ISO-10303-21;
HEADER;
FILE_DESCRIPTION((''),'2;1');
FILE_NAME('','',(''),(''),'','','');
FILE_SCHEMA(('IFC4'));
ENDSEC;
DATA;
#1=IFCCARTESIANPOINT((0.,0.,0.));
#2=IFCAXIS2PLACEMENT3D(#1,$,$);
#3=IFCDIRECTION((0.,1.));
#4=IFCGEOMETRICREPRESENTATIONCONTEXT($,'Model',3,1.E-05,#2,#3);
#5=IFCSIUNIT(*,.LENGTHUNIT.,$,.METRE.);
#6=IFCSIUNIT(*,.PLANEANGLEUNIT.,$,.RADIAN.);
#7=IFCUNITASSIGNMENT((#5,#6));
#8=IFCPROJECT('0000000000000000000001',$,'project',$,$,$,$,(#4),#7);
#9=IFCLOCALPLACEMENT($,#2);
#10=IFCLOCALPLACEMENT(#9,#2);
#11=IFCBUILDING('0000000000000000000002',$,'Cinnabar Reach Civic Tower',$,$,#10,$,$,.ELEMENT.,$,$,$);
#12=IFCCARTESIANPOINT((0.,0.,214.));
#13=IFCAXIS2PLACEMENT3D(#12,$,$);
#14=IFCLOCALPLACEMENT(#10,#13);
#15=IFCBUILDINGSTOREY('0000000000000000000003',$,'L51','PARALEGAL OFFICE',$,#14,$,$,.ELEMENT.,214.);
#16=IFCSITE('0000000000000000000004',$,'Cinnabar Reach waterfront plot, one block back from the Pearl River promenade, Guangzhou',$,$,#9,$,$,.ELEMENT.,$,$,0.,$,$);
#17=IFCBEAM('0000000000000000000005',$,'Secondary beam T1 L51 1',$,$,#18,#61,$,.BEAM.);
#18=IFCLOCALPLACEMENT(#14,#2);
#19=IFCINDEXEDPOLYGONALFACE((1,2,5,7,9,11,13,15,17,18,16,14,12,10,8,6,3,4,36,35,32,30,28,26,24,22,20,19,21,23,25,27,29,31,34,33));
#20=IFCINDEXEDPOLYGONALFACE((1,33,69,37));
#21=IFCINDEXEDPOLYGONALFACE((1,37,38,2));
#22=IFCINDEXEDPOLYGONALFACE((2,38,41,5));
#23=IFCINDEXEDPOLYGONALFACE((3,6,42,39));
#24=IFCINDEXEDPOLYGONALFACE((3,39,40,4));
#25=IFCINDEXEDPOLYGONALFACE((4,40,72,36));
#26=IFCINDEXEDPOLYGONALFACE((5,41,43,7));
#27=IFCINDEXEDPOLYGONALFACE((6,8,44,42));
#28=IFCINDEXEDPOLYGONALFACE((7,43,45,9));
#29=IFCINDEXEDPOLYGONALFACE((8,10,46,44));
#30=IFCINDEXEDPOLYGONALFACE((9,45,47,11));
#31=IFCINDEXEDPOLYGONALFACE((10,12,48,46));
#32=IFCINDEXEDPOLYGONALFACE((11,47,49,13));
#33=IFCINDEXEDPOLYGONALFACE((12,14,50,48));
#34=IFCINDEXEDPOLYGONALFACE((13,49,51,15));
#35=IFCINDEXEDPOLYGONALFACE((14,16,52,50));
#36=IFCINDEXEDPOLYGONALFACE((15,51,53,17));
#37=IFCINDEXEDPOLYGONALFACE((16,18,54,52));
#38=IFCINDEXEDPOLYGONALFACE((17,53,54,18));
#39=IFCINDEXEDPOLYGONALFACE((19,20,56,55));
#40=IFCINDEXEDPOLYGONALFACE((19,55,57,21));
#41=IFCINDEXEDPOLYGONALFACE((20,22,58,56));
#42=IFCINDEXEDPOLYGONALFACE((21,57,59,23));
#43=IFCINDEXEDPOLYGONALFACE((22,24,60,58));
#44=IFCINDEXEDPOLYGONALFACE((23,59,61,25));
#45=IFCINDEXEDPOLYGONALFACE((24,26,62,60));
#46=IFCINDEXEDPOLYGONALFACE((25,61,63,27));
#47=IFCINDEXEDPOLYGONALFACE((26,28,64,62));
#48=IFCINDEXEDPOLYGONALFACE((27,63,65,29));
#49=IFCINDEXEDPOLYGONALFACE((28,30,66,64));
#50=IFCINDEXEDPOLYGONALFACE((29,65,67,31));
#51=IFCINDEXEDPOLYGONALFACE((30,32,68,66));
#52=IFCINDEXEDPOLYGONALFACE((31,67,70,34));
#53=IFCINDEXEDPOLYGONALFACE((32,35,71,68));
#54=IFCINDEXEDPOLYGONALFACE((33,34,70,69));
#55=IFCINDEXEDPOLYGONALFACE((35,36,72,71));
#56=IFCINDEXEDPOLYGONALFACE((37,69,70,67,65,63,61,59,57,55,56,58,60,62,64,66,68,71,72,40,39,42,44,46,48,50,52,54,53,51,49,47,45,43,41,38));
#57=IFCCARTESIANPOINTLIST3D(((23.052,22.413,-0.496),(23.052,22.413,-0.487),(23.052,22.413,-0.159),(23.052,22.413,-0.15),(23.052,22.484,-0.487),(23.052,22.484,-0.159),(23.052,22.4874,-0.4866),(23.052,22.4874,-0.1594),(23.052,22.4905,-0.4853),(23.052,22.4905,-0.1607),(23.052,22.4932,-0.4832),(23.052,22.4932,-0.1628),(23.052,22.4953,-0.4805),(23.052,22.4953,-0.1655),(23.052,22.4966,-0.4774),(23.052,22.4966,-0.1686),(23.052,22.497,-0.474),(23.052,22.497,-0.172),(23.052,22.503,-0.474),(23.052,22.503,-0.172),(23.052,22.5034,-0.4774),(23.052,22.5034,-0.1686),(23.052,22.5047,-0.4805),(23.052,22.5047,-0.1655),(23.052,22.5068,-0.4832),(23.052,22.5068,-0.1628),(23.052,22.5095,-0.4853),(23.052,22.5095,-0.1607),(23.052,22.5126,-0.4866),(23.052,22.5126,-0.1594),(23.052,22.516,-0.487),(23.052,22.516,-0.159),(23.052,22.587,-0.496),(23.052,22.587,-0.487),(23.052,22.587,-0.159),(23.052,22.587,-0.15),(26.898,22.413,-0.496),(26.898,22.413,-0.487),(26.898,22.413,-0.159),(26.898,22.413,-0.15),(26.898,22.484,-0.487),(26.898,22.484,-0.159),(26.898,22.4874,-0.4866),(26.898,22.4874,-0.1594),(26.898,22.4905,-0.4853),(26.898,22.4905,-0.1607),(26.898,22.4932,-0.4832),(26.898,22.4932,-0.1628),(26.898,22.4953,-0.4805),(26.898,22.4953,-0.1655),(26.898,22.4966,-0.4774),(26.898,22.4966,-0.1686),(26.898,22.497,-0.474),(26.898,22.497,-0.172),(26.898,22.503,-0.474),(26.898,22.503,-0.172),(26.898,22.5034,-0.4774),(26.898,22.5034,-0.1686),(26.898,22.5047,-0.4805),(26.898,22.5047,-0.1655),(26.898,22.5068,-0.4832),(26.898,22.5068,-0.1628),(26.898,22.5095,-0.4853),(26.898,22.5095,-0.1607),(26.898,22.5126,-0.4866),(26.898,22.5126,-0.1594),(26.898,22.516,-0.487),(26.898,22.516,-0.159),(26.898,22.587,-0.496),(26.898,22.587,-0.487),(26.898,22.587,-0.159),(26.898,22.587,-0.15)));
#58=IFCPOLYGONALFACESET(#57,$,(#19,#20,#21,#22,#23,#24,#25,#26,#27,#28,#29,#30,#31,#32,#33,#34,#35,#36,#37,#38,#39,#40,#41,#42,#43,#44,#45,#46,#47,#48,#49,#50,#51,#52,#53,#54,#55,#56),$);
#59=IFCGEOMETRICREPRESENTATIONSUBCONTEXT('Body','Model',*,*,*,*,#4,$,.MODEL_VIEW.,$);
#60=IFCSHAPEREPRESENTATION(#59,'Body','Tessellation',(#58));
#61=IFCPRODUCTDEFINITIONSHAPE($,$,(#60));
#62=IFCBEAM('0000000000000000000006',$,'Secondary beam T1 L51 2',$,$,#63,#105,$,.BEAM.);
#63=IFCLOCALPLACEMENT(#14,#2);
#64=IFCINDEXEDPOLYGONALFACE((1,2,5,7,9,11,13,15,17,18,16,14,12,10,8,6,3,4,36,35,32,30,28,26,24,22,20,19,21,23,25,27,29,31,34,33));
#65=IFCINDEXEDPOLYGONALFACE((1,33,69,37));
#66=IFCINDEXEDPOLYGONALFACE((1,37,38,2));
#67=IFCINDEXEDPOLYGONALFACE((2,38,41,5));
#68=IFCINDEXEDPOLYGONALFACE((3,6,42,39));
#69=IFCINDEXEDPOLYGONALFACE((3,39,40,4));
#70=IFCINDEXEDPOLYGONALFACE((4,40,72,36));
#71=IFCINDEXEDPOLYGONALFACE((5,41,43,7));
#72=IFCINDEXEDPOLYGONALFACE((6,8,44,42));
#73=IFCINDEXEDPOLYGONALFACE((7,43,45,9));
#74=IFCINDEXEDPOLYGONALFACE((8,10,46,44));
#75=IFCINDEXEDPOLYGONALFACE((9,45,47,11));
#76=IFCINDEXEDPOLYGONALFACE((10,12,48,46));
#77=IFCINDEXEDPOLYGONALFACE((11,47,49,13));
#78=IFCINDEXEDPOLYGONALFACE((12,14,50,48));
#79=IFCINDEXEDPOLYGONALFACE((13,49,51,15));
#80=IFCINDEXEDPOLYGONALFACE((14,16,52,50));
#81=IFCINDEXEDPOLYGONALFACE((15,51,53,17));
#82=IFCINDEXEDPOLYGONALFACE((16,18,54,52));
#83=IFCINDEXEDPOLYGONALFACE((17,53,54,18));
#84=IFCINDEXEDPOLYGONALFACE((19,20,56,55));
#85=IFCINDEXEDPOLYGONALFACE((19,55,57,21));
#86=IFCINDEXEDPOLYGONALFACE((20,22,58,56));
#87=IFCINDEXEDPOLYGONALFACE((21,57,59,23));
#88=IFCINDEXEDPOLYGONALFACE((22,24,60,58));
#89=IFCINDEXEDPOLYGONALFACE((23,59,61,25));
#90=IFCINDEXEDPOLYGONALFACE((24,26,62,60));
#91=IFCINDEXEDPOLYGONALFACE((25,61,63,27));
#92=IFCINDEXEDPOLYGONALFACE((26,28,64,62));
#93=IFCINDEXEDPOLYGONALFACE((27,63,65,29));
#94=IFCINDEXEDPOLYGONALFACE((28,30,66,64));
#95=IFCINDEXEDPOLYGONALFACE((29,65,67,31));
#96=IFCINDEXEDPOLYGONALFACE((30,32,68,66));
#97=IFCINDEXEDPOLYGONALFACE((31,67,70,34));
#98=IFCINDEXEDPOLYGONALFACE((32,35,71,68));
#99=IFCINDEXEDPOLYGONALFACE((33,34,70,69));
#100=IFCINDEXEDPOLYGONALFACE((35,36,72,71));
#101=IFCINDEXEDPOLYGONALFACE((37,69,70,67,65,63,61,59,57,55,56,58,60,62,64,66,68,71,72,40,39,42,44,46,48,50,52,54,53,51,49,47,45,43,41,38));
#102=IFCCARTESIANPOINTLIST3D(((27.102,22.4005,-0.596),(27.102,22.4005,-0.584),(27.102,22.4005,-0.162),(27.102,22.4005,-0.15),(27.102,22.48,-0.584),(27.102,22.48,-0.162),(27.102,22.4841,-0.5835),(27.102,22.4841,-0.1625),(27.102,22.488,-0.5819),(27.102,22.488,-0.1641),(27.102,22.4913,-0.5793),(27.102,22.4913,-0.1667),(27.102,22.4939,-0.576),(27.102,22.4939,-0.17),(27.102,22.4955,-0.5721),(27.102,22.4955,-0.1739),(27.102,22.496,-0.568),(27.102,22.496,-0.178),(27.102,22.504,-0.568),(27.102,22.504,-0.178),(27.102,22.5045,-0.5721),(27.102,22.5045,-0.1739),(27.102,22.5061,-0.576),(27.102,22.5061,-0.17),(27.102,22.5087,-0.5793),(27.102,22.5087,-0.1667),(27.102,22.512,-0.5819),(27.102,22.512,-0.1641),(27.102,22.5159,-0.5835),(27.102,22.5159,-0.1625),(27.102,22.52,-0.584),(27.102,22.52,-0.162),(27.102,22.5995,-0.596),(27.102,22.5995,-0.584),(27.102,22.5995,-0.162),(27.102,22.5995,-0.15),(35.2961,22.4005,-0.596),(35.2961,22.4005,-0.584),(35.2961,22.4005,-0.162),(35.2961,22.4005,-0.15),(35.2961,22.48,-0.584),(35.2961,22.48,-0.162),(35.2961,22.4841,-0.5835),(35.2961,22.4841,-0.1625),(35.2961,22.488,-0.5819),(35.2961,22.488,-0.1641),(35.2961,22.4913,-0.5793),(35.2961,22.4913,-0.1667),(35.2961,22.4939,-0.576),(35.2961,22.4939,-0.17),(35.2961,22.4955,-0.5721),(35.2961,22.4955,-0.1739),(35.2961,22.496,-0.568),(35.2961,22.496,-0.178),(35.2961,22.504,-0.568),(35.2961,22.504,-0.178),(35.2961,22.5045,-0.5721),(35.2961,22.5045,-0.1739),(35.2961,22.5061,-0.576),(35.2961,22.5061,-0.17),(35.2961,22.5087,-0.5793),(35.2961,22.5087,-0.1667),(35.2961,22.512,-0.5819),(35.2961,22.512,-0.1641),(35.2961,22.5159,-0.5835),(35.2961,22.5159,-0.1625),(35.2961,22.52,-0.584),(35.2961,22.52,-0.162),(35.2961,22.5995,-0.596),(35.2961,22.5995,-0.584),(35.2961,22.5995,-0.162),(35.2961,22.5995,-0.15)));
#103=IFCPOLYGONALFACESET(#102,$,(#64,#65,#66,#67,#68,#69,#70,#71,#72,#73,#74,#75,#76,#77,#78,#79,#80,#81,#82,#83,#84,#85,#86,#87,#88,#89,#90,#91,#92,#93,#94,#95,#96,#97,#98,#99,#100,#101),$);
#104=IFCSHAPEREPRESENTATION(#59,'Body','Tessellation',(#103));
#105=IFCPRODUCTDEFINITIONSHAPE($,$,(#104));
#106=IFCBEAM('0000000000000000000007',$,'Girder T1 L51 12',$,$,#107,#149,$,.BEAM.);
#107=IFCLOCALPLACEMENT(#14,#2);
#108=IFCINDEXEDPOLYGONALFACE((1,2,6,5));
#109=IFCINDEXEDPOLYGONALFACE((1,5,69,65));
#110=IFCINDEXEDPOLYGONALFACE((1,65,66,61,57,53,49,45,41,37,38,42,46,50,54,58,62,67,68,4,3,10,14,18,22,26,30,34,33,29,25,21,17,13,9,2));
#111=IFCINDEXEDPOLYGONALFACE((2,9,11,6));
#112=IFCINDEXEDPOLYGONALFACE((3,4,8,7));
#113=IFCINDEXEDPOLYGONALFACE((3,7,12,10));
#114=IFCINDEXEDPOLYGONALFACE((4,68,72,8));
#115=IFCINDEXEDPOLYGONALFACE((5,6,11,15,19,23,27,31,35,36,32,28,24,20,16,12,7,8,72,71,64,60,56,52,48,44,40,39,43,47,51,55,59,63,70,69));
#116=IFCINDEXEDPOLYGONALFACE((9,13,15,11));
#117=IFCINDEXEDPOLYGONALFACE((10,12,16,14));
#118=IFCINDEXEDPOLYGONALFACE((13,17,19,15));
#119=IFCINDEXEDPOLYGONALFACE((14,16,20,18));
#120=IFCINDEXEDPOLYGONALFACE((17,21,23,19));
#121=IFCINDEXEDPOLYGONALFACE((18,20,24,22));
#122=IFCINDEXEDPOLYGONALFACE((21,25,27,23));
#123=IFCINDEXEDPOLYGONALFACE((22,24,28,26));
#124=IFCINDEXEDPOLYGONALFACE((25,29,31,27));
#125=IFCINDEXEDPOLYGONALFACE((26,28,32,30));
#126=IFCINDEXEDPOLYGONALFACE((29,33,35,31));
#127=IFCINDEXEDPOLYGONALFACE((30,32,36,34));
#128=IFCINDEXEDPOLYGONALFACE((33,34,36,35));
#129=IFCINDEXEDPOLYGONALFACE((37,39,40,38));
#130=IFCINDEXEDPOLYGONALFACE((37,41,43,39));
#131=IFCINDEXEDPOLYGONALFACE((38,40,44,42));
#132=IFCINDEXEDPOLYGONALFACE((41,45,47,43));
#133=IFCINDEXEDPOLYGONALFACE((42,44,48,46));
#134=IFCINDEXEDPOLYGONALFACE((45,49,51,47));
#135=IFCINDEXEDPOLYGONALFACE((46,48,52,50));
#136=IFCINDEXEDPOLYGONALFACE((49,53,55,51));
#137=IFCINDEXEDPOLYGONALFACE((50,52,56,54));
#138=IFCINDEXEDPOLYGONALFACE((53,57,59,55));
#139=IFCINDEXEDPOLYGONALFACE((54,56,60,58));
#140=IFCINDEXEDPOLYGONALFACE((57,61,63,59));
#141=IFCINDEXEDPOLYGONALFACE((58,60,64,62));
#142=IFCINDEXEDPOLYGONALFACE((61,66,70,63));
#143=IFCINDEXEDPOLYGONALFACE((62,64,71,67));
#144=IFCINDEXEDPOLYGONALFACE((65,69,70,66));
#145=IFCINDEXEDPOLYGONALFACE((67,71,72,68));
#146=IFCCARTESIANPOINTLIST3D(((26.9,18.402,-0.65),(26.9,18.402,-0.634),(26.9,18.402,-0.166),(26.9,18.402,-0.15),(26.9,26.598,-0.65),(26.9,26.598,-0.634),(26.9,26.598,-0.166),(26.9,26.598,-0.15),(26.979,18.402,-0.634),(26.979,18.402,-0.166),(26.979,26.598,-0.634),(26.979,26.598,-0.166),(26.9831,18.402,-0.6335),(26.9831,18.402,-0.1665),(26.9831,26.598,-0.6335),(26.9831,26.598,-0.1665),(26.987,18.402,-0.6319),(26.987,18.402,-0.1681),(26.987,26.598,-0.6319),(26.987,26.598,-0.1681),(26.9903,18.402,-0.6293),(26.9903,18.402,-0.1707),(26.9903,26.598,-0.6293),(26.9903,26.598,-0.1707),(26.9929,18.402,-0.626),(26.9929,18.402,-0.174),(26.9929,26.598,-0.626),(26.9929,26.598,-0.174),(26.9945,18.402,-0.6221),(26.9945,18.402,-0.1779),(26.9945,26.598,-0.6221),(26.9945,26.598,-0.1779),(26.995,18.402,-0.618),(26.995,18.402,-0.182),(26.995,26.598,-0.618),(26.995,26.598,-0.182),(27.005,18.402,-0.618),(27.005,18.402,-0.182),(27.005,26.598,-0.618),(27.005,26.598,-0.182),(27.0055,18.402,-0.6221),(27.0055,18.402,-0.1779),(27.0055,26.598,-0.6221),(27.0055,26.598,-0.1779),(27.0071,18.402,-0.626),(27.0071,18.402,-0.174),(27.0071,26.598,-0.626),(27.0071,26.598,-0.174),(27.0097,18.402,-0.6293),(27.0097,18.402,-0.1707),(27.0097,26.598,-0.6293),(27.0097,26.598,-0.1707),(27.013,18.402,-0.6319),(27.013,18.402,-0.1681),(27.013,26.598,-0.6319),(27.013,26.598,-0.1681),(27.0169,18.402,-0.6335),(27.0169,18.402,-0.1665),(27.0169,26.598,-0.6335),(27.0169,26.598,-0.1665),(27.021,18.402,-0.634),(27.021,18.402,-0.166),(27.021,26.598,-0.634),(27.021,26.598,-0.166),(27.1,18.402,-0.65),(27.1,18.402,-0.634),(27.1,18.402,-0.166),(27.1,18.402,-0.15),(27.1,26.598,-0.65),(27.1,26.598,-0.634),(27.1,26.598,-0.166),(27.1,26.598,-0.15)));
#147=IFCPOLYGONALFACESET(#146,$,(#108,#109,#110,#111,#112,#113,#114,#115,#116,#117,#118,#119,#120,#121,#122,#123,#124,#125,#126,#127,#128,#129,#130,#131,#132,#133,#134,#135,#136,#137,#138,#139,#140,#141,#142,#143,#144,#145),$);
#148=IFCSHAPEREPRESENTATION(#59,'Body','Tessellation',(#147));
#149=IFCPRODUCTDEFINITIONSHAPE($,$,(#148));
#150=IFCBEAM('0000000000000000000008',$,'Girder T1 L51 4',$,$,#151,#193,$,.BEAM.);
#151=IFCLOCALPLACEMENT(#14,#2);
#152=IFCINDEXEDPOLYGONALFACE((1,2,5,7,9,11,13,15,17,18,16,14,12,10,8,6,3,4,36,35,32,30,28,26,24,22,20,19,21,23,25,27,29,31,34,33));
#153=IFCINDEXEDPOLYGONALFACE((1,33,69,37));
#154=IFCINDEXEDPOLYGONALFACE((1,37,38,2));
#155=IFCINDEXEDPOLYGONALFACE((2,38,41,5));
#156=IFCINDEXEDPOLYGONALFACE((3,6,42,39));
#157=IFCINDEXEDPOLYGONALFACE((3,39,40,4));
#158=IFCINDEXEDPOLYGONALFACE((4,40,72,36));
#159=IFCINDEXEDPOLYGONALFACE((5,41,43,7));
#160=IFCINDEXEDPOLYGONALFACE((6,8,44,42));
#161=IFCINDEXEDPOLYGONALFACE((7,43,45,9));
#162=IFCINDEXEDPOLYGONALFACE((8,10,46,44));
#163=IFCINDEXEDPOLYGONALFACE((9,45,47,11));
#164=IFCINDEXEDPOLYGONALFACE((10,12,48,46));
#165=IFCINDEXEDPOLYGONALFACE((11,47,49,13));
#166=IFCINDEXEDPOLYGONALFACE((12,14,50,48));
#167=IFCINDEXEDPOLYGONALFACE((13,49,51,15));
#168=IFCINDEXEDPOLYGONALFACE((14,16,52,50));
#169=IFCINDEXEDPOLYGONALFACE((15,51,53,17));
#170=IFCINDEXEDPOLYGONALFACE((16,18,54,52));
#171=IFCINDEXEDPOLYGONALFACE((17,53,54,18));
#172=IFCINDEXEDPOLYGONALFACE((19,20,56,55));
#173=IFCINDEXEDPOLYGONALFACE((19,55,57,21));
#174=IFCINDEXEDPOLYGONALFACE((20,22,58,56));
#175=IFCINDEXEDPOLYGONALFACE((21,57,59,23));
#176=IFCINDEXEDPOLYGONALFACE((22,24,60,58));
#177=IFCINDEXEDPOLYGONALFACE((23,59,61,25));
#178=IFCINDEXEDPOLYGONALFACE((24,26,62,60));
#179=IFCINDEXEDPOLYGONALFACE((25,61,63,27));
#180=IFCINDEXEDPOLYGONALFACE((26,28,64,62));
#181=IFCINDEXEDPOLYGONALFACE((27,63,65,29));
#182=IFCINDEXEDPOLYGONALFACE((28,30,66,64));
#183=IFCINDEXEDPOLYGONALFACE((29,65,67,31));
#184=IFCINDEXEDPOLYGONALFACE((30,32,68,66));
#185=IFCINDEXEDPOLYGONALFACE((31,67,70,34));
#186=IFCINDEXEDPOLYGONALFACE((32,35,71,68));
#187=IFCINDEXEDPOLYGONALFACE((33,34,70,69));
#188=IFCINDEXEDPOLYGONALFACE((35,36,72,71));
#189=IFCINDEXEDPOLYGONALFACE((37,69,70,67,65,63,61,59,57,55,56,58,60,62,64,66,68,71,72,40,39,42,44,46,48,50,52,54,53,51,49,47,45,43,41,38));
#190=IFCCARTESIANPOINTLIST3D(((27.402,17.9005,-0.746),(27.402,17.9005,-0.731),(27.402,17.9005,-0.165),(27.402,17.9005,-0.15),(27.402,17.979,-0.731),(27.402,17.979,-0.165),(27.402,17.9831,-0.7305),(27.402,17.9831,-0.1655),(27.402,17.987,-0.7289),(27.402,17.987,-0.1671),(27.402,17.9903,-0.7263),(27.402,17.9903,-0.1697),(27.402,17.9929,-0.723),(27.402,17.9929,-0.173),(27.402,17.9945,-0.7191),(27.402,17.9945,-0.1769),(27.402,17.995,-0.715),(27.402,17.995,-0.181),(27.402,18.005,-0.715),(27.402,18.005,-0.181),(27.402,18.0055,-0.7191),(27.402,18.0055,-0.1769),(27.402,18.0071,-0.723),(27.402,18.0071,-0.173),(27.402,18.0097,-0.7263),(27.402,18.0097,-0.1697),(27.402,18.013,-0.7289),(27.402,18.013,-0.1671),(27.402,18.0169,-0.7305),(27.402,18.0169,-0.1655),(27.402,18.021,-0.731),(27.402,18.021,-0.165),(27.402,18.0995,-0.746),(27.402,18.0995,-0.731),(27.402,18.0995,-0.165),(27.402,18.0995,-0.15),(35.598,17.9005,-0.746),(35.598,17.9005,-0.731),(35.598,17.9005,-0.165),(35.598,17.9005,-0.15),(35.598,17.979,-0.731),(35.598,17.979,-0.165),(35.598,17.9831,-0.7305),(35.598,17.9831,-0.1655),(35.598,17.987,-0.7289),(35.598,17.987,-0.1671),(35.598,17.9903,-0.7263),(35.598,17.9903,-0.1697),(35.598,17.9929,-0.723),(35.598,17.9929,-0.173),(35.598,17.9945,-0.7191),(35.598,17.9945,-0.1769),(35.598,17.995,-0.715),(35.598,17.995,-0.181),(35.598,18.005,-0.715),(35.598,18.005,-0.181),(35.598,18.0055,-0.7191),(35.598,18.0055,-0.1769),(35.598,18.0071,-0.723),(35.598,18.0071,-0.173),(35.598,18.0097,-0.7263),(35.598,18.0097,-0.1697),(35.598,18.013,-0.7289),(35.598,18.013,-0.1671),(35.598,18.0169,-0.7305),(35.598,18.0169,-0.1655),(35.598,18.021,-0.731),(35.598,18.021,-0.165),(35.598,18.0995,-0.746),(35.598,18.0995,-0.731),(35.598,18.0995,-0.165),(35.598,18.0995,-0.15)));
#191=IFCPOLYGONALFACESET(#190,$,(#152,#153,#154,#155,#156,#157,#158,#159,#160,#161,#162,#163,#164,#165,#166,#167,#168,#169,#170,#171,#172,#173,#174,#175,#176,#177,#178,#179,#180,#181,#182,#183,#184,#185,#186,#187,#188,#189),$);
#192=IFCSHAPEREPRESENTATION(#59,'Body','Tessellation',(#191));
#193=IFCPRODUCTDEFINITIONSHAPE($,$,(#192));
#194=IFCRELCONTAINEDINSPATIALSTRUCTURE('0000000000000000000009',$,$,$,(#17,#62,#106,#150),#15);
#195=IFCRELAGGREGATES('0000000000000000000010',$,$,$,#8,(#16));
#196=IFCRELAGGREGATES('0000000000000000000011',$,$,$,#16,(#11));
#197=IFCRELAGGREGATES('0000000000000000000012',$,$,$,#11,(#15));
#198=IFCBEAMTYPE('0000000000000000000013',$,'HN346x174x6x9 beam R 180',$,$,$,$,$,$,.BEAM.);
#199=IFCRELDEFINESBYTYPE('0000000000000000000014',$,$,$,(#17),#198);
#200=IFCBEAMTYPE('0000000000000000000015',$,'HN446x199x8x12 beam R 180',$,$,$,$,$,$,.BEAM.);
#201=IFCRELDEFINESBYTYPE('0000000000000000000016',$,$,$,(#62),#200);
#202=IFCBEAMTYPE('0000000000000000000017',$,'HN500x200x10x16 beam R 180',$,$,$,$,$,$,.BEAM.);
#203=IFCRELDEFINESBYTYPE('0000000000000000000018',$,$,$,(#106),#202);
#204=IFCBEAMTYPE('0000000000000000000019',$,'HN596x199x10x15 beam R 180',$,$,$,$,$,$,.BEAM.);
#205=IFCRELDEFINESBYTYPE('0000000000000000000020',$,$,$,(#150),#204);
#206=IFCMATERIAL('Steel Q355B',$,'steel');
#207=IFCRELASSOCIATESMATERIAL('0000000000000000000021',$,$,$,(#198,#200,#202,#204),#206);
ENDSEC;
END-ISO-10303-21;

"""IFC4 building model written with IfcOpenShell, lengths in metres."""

from ifc_helpers import new_model, si_unit, direction, frame, origin, origin_2d, place, context, subcontext, project, spatial, i_section, extrude, material, material_profile, profile_set, type_object, element, save


model = new_model("IFC4")

# Units and contexts
model_context = context("Model", 3, precision=1e-05, world=origin(), true_north=direction((0.0, 1.0)))
body_context = subcontext(model_context, "Body", "Model", "MODEL_VIEW")
ifc_project = project(units=[si_unit("LENGTHUNIT", "METRE"), si_unit("PLANEANGLEUNIT", "RADIAN")], contexts=[model_context])

# Site, building, storey
site_placement = place(None, origin())
site = spatial("IfcSite", under=ifc_project, at=site_placement, Name="Cinnabar Reach waterfront plot, one block back from the Pearl River promenade, Guangzhou", CompositionType="ELEMENT", RefElevation=0.0)
building_placement = place(site_placement, origin())
building = spatial("IfcBuilding", under=site, at=building_placement, Name="Cinnabar Reach Civic Tower", CompositionType="ELEMENT")
storey_placement = place(building_placement, frame((0.0, 0.0, 214.0)))
storey = spatial("IfcBuildingStorey", under=building, at=storey_placement, Name="L51", Description="PARALEGAL OFFICE", CompositionType="ELEMENT", Elevation=214.0)

# Beams
ifc_material_1 = material(Name="Steel Q355B", Category="steel")
ifc_material_profile_1 = material_profile(ifc_material_1, i_section(OverallWidth=0.174, OverallDepth=0.346, WebThickness=0.006, FlangeThickness=0.009, FilletRadius=0.013, at=origin_2d()), Name="HN346x174x6x9")
ifc_profile_set_1 = profile_set([ifc_material_profile_1], Name="Steel Q355B")
beam_type_1 = type_object("IfcBeamType", Name="HN346x174x6x9 beam R 180", PredefinedType="BEAM", material=ifc_profile_set_1)
beam_1_placement = place(storey_placement, frame((23.052, 22.5, -0.323), z_axis=(1.0, 0.0, 0.0), x_axis=(0.0, 1.0, 0.0)))
element("IfcBeam", 1, at=beam_1_placement, inside=storey, type_object=beam_type_1, Name="Secondary beam T1 L51 1", PredefinedType="BEAM", context=body_context, shape_type="SweptSolid", body=[
    extrude(i_section(OverallWidth=0.174, OverallDepth=0.346, WebThickness=0.006, FlangeThickness=0.009, FilletRadius=0.013, at=origin_2d()), origin(), (0.0, 0.0, 1.0), 3.846),
])
ifc_material_profile_2 = material_profile(ifc_material_1, i_section(OverallWidth=0.199, OverallDepth=0.446, WebThickness=0.008, FlangeThickness=0.012, FilletRadius=0.016, at=origin_2d()), Name="HN446x199x8x12")
ifc_profile_set_2 = profile_set([ifc_material_profile_2], Name="Steel Q355B")
beam_type_2 = type_object("IfcBeamType", Name="HN446x199x8x12 beam R 180", PredefinedType="BEAM", material=ifc_profile_set_2)
beam_2_placement = place(storey_placement, frame((27.102, 22.5, -0.373), z_axis=(1.0, 0.0, 0.0), x_axis=(0.0, 1.0, 0.0)))
element("IfcBeam", 2, at=beam_2_placement, inside=storey, type_object=beam_type_2, Name="Secondary beam T1 L51 2", PredefinedType="BEAM", context=body_context, shape_type="SweptSolid", body=[
    extrude(i_section(OverallWidth=0.199, OverallDepth=0.446, WebThickness=0.008, FlangeThickness=0.012, FilletRadius=0.016, at=origin_2d()), origin(), (0.0, 0.0, 1.0), 8.1941),
])
ifc_material_profile_3 = material_profile(ifc_material_1, i_section(OverallWidth=0.2, OverallDepth=0.5, WebThickness=0.01, FlangeThickness=0.016, FilletRadius=0.016, at=origin_2d()), Name="HN500x200x10x16")
ifc_profile_set_3 = profile_set([ifc_material_profile_3], Name="Steel Q355B")
beam_type_3 = type_object("IfcBeamType", Name="HN500x200x10x16 beam R 180", PredefinedType="BEAM", material=ifc_profile_set_3)
beam_3_placement = place(storey_placement, frame((27.0, 18.402, -0.4), z_axis=(0.0, 1.0, 0.0), x_axis=(-1.0, 0.0, 0.0)))
element("IfcBeam", 3, at=beam_3_placement, inside=storey, type_object=beam_type_3, Name="Girder T1 L51 12", PredefinedType="BEAM", context=body_context, shape_type="SweptSolid", body=[
    extrude(i_section(OverallWidth=0.2, OverallDepth=0.5, WebThickness=0.01, FlangeThickness=0.016, FilletRadius=0.016, at=origin_2d()), origin(), (0.0, 0.0, 1.0), 8.196),
])
ifc_material_profile_4 = material_profile(ifc_material_1, i_section(OverallWidth=0.199, OverallDepth=0.596, WebThickness=0.01, FlangeThickness=0.015, FilletRadius=0.016, at=origin_2d()), Name="HN596x199x10x15")
ifc_profile_set_4 = profile_set([ifc_material_profile_4], Name="Steel Q355B")
beam_type_4 = type_object("IfcBeamType", Name="HN596x199x10x15 beam R 180", PredefinedType="BEAM", material=ifc_profile_set_4)
beam_4_placement = place(storey_placement, frame((27.402, 18.0, -0.448), z_axis=(1.0, 0.0, 0.0), x_axis=(0.0, 1.0, 0.0)))
element("IfcBeam", 4, at=beam_4_placement, inside=storey, type_object=beam_type_4, Name="Girder T1 L51 4", PredefinedType="BEAM", context=body_context, shape_type="SweptSolid", body=[
    extrude(i_section(OverallWidth=0.199, OverallDepth=0.596, WebThickness=0.01, FlangeThickness=0.015, FilletRadius=0.016, at=origin_2d()), origin(), (0.0, 0.0, 1.0), 8.196),
])

save(model, "model.ifc")
